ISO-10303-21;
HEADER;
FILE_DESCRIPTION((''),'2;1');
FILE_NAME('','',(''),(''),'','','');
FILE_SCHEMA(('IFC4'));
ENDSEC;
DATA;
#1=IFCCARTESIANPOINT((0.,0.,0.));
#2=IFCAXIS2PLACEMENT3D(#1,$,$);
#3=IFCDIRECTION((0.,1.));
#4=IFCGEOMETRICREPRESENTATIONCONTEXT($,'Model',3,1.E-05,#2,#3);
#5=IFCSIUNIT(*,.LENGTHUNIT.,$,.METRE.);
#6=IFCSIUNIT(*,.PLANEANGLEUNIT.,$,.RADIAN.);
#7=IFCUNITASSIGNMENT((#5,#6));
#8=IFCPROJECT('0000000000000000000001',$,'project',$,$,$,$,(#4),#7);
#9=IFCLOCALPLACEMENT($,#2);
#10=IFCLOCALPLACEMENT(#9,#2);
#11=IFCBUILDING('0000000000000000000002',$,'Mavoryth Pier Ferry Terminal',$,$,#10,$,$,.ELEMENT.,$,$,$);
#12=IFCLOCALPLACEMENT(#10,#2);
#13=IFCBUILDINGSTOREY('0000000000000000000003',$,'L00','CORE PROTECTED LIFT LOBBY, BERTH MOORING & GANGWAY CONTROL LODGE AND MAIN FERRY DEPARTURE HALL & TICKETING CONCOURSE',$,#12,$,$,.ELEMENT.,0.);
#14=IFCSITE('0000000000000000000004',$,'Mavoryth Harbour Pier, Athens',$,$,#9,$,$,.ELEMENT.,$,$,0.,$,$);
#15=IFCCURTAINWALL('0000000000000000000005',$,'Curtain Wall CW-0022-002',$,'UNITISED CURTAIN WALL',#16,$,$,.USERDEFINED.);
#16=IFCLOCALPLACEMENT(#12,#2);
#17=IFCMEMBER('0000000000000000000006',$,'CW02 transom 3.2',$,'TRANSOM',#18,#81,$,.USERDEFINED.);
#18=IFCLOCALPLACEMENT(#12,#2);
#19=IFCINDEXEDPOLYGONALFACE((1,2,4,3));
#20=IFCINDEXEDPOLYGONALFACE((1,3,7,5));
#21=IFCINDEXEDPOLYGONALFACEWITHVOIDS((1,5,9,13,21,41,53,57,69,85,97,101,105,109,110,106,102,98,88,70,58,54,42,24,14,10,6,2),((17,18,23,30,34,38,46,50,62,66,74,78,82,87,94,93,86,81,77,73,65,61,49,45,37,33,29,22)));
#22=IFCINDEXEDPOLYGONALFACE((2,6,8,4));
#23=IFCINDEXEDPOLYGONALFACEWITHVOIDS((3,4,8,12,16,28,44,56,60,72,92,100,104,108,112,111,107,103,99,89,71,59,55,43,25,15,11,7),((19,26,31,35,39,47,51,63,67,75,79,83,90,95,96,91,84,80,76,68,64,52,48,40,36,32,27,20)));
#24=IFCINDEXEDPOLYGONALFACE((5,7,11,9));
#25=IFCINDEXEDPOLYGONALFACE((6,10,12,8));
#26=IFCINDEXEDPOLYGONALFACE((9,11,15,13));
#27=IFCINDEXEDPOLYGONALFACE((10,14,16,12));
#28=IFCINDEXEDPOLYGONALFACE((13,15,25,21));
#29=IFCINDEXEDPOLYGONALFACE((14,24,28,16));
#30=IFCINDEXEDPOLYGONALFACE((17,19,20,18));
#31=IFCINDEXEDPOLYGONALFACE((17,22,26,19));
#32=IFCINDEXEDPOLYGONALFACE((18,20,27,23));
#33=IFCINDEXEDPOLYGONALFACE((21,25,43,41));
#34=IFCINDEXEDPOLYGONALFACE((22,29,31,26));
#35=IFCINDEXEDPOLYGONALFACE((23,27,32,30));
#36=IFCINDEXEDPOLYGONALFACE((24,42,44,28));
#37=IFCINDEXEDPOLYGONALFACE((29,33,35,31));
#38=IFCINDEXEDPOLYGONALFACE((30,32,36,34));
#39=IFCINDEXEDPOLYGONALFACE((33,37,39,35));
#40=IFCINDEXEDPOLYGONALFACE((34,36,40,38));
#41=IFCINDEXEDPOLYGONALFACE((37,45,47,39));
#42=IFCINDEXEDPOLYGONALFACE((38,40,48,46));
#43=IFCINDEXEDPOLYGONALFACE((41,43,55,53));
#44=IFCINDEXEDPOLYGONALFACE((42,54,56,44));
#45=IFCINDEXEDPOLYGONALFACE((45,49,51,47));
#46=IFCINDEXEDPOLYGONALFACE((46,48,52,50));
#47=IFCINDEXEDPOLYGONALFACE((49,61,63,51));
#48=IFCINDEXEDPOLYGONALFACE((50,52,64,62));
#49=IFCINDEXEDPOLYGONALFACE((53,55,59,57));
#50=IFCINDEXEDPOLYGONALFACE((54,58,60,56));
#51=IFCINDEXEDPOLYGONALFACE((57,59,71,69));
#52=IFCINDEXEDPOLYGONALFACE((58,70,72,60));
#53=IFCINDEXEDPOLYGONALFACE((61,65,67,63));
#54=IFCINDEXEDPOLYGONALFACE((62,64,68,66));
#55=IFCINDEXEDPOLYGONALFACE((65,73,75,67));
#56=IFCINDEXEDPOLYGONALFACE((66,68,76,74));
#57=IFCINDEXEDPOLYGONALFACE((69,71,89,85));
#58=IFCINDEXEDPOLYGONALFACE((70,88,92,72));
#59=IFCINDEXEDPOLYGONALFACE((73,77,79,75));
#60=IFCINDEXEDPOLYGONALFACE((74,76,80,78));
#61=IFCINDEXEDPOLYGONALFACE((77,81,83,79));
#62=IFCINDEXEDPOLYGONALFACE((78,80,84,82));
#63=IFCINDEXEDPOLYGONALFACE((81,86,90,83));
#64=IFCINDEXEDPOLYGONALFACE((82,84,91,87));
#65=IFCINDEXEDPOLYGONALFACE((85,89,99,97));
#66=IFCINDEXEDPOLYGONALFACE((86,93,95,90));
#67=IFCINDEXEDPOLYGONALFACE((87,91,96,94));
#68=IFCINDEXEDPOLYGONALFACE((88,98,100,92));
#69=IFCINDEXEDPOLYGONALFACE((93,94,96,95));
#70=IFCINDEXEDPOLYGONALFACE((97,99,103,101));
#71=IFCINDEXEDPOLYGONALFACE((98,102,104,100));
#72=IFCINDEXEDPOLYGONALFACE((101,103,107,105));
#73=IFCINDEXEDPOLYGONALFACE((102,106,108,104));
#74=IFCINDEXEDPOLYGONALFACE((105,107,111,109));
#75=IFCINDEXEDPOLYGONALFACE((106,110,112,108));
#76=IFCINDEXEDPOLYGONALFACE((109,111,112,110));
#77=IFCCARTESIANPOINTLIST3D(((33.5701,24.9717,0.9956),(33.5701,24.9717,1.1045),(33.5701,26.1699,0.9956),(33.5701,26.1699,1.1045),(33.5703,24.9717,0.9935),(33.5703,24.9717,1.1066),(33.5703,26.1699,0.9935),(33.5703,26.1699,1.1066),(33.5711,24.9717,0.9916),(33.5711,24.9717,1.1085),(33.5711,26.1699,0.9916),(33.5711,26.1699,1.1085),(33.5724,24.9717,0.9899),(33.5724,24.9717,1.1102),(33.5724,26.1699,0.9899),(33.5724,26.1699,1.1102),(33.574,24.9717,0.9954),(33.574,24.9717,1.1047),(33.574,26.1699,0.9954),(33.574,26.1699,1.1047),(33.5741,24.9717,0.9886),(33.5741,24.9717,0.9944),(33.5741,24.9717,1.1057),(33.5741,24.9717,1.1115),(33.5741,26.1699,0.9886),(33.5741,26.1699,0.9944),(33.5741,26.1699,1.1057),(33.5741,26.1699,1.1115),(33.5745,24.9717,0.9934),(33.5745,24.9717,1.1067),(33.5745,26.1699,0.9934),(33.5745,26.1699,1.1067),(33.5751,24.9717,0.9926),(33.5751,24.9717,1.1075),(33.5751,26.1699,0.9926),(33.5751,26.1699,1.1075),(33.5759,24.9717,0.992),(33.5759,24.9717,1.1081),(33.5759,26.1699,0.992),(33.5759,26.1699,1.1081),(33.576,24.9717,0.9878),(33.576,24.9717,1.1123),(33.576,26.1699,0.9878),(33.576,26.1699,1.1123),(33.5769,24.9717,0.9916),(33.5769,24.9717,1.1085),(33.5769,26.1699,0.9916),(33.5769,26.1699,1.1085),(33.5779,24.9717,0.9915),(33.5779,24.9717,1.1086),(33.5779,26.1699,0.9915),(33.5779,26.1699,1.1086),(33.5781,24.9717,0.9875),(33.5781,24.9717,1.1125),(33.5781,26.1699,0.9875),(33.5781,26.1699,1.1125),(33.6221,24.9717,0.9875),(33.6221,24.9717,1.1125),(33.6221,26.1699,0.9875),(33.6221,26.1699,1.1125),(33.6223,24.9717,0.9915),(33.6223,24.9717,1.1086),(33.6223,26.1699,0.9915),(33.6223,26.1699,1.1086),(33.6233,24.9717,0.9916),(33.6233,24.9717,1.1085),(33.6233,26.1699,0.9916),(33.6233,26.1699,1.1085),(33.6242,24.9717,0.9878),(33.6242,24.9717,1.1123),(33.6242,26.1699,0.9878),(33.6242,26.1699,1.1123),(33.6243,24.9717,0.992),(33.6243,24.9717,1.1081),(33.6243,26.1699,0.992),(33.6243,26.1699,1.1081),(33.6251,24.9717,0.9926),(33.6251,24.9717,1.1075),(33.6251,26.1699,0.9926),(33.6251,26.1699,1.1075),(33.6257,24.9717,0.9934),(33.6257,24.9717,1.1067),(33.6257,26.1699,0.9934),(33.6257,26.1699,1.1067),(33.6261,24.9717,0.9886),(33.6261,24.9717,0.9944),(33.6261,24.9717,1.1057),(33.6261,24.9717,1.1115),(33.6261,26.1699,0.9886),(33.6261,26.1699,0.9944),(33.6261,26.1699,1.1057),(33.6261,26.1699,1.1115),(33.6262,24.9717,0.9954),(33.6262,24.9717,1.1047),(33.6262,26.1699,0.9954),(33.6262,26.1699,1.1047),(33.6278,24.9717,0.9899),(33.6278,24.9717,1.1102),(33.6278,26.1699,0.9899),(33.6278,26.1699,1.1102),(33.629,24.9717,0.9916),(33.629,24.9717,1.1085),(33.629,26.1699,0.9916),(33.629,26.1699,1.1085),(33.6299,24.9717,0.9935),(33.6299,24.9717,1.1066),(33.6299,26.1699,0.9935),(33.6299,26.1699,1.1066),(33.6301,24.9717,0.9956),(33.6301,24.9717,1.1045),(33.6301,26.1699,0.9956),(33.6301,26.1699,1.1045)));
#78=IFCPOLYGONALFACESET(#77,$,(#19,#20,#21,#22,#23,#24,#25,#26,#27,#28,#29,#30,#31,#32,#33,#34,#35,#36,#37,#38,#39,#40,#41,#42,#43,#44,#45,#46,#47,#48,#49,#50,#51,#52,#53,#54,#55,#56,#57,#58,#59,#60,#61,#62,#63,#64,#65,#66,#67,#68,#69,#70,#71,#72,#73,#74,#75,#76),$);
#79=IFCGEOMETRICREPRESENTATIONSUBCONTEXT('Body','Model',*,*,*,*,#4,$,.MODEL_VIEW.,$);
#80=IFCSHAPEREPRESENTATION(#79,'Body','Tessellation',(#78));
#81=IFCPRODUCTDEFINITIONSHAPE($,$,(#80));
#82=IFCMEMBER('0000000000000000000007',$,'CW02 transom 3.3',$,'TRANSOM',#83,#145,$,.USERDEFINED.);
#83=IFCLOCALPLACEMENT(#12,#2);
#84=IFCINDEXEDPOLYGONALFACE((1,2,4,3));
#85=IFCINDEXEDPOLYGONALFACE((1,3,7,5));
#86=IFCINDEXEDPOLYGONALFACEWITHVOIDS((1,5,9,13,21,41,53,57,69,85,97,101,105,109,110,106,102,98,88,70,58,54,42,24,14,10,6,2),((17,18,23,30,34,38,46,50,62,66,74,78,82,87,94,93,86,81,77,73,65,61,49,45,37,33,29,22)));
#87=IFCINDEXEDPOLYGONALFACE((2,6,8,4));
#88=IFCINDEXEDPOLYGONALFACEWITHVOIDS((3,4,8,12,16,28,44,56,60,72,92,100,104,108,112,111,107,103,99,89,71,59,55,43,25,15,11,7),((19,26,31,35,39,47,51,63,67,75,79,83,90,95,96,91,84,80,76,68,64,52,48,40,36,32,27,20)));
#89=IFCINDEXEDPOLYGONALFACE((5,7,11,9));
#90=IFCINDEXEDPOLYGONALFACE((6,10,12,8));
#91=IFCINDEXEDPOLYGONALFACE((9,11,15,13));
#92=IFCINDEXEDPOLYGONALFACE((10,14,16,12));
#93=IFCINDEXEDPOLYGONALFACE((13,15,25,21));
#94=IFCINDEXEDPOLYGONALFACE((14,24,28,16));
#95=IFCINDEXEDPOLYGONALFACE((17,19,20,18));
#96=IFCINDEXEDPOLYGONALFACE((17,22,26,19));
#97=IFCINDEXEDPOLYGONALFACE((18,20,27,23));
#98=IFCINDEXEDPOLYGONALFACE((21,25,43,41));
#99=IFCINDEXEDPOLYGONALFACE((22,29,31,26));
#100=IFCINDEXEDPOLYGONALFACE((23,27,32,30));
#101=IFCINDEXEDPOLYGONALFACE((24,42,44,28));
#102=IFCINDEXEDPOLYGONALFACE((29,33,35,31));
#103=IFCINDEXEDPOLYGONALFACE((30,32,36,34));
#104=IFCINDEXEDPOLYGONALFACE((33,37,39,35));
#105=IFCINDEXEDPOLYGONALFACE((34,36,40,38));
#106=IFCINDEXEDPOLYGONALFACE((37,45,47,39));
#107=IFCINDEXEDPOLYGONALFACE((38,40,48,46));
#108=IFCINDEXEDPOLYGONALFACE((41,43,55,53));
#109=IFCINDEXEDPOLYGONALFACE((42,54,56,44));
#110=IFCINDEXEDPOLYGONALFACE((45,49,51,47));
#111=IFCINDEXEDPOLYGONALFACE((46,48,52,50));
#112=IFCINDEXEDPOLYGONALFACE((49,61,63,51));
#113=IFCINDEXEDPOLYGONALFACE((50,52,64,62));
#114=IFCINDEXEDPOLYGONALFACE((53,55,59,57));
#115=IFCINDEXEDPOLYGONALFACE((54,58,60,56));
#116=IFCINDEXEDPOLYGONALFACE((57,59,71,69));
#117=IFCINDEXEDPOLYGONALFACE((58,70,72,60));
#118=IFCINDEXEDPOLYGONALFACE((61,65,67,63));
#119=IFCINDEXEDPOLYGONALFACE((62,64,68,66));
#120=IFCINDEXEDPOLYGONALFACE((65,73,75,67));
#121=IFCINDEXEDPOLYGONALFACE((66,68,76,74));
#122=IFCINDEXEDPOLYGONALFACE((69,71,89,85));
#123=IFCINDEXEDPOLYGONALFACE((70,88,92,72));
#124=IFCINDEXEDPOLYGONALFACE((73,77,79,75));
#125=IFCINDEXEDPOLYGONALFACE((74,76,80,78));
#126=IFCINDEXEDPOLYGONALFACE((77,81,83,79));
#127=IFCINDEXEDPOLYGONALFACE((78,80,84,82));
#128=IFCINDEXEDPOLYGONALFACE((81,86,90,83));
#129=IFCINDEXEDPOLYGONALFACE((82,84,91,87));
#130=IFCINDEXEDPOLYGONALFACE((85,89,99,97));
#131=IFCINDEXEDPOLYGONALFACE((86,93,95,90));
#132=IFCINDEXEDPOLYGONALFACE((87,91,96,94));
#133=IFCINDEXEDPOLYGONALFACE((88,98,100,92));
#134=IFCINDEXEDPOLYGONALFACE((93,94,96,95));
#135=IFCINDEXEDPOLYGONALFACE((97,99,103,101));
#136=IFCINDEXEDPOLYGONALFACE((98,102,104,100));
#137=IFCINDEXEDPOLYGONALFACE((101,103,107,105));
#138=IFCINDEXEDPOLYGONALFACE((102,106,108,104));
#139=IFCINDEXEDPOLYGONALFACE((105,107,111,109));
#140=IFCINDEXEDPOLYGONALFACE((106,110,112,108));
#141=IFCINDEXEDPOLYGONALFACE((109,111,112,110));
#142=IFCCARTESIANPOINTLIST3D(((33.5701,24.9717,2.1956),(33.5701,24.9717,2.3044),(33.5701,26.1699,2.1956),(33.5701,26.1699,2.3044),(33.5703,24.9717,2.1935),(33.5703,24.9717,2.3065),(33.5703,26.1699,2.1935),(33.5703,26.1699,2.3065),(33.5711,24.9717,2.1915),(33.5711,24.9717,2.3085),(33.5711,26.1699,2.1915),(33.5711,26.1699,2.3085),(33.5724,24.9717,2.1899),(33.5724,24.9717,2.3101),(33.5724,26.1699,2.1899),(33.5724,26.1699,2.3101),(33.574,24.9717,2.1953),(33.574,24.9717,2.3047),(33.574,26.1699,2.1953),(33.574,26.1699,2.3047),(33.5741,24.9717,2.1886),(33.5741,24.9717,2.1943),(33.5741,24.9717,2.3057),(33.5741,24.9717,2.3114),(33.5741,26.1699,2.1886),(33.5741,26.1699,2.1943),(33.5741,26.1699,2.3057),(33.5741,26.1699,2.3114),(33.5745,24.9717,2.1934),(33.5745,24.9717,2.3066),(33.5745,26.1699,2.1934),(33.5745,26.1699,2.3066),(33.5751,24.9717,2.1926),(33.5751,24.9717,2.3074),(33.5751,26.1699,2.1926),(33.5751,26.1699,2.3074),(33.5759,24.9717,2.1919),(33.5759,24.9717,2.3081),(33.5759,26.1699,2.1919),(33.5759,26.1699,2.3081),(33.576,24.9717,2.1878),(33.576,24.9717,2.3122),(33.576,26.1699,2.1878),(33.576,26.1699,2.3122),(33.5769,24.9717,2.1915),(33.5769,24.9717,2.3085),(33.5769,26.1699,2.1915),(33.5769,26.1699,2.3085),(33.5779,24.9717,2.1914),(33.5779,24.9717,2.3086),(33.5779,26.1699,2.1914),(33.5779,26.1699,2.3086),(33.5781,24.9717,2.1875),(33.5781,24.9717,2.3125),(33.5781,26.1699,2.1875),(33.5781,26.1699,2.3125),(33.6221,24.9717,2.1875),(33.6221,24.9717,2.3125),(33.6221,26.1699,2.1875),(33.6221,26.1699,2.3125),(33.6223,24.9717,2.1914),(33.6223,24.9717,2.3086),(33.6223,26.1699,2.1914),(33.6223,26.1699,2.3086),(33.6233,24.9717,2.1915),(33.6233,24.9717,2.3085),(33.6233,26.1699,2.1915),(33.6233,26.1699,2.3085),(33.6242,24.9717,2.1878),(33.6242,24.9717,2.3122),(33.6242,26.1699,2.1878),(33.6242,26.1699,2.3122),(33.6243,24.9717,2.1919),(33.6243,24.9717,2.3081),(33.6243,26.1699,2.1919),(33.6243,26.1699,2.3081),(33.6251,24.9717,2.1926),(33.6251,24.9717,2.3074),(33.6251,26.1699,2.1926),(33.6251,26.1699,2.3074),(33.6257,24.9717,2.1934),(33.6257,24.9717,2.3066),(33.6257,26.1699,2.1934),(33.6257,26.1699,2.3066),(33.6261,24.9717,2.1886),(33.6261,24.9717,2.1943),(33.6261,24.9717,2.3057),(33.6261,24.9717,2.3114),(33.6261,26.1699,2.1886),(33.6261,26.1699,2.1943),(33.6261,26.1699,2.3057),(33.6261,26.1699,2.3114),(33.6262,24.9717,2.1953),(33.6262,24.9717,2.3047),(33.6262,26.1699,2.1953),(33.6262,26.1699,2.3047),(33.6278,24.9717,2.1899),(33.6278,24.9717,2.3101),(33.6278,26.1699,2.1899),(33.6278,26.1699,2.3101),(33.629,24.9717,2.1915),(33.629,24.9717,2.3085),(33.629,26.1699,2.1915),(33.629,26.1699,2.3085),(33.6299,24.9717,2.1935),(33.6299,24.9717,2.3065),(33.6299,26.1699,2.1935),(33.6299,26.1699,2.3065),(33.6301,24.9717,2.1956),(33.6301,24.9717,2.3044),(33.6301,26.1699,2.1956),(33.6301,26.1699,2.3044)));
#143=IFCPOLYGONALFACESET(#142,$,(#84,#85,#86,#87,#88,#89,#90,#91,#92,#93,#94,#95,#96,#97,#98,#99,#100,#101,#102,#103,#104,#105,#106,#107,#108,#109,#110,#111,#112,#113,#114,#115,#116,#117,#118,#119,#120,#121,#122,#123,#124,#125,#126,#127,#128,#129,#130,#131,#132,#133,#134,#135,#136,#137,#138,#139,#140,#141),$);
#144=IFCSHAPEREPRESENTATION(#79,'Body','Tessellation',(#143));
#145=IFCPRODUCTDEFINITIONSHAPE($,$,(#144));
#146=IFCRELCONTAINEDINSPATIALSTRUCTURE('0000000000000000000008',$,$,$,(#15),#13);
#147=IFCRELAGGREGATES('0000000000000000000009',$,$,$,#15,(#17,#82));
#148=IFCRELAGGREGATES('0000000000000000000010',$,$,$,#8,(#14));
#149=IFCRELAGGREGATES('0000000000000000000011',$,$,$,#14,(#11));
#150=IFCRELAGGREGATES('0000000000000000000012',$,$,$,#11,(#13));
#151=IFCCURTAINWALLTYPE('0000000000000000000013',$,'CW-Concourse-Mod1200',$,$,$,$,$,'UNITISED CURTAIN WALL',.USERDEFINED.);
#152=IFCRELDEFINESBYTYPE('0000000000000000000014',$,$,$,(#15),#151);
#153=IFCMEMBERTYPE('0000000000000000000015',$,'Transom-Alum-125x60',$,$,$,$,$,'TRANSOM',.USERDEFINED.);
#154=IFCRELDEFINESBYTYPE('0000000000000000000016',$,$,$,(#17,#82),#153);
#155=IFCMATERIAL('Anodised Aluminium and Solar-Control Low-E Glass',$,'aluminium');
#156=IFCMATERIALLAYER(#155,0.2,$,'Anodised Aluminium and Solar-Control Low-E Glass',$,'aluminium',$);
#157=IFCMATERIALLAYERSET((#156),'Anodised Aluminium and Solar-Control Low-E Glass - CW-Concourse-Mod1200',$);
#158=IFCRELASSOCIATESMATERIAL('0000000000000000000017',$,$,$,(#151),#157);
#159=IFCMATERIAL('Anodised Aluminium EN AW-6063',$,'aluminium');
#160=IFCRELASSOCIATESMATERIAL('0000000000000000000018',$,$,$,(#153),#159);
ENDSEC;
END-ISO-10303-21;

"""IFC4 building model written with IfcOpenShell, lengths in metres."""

from ifc_helpers import new_model, si_unit, direction, frame, origin, origin_2d, place, context, subcontext, project, spatial, hollow_rectangle, extrude, material, layer, layer_set, material_profile, profile_set, type_object, element, aggregate, save


model = new_model("IFC4")

# Units and contexts
model_context = context("Model", 3, precision=1e-05, world=origin(), true_north=direction((0.0, 1.0)))
body_context = subcontext(model_context, "Body", "Model", "MODEL_VIEW")
ifc_project = project(units=[si_unit("LENGTHUNIT", "METRE"), si_unit("PLANEANGLEUNIT", "RADIAN")], contexts=[model_context])

# Site, building, storey
site_placement = place(None, origin())
site = spatial("IfcSite", under=ifc_project, at=site_placement, Name="Mavoryth Harbour Pier, Athens", CompositionType="ELEMENT", RefElevation=0.0)
building_placement = place(site_placement, origin())
building = spatial("IfcBuilding", under=site, at=building_placement, Name="Mavoryth Pier Ferry Terminal", CompositionType="ELEMENT")
storey_placement = place(building_placement, origin())
storey = spatial("IfcBuildingStorey", under=building, at=storey_placement, Name="L00", Description="CORE PROTECTED LIFT LOBBY, BERTH MOORING & GANGWAY CONTROL LODGE AND MAIN FERRY DEPARTURE HALL & TICKETING CONCOURSE", CompositionType="ELEMENT", Elevation=0.0)

# Curtain wall, members
ifc_material_1 = material(Name="Anodised Aluminium and Solar-Control Low-E Glass", Category="aluminium")
ifc_layer_1 = layer(ifc_material_1, 0.2, Name="Anodised Aluminium and Solar-Control Low-E Glass", Category="aluminium")
ifc_layer_set_1 = layer_set([ifc_layer_1], Name="Anodised Aluminium and Solar-Control Low-E Glass - CW-Concourse-Mod1200")
curtain_wall_type = type_object("IfcCurtainWallType", Name="CW-Concourse-Mod1200", ElementType="UNITISED CURTAIN WALL", PredefinedType="USERDEFINED", material=ifc_layer_set_1)
curtain_wall_placement = place(storey_placement, origin())
curtain_wall = element("IfcCurtainWall", 1, at=curtain_wall_placement, inside=storey, type_object=curtain_wall_type, Name="Curtain Wall CW-0022-002", ObjectType="UNITISED CURTAIN WALL", PredefinedType="USERDEFINED")
ifc_material_2 = material(Name="Anodised Aluminium EN AW-6063", Category="aluminium")
ifc_material_profile_1 = material_profile(ifc_material_2, hollow_rectangle(XDim=0.0601, YDim=0.125, WallThickness=0.0039, InnerFilletRadius=0.0039, OuterFilletRadius=0.0081, at=origin_2d()), Name="AL-TRAN 125x60x4", Category="aluminium")
ifc_profile_set_1 = profile_set([ifc_material_profile_1], Name="Anodised Aluminium EN AW-6063 - AL-TRAN 125x60x4")
member_type_1 = type_object("IfcMemberType", Name="Transom-Alum-125x60", ElementType="TRANSOM", PredefinedType="USERDEFINED", material=ifc_profile_set_1)
member_1_placement = place(storey_placement, frame((33.6001, 24.9717, 1.05), z_axis=(0.0, 1.0, 0.0), x_axis=(-1.0, 0.0, 0.0)))
member_1 = element("IfcMember", 2, at=member_1_placement, type_object=member_type_1, Name="CW02 transom 3.2", ObjectType="TRANSOM", PredefinedType="USERDEFINED", context=body_context, shape_type="SweptSolid", body=[
    extrude(hollow_rectangle(XDim=0.0601, YDim=0.125, WallThickness=0.0039, InnerFilletRadius=0.0039, OuterFilletRadius=0.0081, at=origin_2d()), origin(), (0.0, 0.0, 1.0), 1.1982),
])
member_2_placement = place(storey_placement, frame((33.6001, 24.9717, 2.25), z_axis=(0.0, 1.0, 0.0), x_axis=(-1.0, 0.0, 0.0)))
member_2 = element("IfcMember", 3, at=member_2_placement, type_object=member_type_1, Name="CW02 transom 3.3", ObjectType="TRANSOM", PredefinedType="USERDEFINED", context=body_context, shape_type="SweptSolid", body=[
    extrude(hollow_rectangle(XDim=0.0601, YDim=0.125, WallThickness=0.0039, InnerFilletRadius=0.0039, OuterFilletRadius=0.0081, at=origin_2d()), origin(), (0.0, 0.0, 1.0), 1.1982),
])
aggregate(curtain_wall, [member_1, member_2])

save(model, "model.ifc")
